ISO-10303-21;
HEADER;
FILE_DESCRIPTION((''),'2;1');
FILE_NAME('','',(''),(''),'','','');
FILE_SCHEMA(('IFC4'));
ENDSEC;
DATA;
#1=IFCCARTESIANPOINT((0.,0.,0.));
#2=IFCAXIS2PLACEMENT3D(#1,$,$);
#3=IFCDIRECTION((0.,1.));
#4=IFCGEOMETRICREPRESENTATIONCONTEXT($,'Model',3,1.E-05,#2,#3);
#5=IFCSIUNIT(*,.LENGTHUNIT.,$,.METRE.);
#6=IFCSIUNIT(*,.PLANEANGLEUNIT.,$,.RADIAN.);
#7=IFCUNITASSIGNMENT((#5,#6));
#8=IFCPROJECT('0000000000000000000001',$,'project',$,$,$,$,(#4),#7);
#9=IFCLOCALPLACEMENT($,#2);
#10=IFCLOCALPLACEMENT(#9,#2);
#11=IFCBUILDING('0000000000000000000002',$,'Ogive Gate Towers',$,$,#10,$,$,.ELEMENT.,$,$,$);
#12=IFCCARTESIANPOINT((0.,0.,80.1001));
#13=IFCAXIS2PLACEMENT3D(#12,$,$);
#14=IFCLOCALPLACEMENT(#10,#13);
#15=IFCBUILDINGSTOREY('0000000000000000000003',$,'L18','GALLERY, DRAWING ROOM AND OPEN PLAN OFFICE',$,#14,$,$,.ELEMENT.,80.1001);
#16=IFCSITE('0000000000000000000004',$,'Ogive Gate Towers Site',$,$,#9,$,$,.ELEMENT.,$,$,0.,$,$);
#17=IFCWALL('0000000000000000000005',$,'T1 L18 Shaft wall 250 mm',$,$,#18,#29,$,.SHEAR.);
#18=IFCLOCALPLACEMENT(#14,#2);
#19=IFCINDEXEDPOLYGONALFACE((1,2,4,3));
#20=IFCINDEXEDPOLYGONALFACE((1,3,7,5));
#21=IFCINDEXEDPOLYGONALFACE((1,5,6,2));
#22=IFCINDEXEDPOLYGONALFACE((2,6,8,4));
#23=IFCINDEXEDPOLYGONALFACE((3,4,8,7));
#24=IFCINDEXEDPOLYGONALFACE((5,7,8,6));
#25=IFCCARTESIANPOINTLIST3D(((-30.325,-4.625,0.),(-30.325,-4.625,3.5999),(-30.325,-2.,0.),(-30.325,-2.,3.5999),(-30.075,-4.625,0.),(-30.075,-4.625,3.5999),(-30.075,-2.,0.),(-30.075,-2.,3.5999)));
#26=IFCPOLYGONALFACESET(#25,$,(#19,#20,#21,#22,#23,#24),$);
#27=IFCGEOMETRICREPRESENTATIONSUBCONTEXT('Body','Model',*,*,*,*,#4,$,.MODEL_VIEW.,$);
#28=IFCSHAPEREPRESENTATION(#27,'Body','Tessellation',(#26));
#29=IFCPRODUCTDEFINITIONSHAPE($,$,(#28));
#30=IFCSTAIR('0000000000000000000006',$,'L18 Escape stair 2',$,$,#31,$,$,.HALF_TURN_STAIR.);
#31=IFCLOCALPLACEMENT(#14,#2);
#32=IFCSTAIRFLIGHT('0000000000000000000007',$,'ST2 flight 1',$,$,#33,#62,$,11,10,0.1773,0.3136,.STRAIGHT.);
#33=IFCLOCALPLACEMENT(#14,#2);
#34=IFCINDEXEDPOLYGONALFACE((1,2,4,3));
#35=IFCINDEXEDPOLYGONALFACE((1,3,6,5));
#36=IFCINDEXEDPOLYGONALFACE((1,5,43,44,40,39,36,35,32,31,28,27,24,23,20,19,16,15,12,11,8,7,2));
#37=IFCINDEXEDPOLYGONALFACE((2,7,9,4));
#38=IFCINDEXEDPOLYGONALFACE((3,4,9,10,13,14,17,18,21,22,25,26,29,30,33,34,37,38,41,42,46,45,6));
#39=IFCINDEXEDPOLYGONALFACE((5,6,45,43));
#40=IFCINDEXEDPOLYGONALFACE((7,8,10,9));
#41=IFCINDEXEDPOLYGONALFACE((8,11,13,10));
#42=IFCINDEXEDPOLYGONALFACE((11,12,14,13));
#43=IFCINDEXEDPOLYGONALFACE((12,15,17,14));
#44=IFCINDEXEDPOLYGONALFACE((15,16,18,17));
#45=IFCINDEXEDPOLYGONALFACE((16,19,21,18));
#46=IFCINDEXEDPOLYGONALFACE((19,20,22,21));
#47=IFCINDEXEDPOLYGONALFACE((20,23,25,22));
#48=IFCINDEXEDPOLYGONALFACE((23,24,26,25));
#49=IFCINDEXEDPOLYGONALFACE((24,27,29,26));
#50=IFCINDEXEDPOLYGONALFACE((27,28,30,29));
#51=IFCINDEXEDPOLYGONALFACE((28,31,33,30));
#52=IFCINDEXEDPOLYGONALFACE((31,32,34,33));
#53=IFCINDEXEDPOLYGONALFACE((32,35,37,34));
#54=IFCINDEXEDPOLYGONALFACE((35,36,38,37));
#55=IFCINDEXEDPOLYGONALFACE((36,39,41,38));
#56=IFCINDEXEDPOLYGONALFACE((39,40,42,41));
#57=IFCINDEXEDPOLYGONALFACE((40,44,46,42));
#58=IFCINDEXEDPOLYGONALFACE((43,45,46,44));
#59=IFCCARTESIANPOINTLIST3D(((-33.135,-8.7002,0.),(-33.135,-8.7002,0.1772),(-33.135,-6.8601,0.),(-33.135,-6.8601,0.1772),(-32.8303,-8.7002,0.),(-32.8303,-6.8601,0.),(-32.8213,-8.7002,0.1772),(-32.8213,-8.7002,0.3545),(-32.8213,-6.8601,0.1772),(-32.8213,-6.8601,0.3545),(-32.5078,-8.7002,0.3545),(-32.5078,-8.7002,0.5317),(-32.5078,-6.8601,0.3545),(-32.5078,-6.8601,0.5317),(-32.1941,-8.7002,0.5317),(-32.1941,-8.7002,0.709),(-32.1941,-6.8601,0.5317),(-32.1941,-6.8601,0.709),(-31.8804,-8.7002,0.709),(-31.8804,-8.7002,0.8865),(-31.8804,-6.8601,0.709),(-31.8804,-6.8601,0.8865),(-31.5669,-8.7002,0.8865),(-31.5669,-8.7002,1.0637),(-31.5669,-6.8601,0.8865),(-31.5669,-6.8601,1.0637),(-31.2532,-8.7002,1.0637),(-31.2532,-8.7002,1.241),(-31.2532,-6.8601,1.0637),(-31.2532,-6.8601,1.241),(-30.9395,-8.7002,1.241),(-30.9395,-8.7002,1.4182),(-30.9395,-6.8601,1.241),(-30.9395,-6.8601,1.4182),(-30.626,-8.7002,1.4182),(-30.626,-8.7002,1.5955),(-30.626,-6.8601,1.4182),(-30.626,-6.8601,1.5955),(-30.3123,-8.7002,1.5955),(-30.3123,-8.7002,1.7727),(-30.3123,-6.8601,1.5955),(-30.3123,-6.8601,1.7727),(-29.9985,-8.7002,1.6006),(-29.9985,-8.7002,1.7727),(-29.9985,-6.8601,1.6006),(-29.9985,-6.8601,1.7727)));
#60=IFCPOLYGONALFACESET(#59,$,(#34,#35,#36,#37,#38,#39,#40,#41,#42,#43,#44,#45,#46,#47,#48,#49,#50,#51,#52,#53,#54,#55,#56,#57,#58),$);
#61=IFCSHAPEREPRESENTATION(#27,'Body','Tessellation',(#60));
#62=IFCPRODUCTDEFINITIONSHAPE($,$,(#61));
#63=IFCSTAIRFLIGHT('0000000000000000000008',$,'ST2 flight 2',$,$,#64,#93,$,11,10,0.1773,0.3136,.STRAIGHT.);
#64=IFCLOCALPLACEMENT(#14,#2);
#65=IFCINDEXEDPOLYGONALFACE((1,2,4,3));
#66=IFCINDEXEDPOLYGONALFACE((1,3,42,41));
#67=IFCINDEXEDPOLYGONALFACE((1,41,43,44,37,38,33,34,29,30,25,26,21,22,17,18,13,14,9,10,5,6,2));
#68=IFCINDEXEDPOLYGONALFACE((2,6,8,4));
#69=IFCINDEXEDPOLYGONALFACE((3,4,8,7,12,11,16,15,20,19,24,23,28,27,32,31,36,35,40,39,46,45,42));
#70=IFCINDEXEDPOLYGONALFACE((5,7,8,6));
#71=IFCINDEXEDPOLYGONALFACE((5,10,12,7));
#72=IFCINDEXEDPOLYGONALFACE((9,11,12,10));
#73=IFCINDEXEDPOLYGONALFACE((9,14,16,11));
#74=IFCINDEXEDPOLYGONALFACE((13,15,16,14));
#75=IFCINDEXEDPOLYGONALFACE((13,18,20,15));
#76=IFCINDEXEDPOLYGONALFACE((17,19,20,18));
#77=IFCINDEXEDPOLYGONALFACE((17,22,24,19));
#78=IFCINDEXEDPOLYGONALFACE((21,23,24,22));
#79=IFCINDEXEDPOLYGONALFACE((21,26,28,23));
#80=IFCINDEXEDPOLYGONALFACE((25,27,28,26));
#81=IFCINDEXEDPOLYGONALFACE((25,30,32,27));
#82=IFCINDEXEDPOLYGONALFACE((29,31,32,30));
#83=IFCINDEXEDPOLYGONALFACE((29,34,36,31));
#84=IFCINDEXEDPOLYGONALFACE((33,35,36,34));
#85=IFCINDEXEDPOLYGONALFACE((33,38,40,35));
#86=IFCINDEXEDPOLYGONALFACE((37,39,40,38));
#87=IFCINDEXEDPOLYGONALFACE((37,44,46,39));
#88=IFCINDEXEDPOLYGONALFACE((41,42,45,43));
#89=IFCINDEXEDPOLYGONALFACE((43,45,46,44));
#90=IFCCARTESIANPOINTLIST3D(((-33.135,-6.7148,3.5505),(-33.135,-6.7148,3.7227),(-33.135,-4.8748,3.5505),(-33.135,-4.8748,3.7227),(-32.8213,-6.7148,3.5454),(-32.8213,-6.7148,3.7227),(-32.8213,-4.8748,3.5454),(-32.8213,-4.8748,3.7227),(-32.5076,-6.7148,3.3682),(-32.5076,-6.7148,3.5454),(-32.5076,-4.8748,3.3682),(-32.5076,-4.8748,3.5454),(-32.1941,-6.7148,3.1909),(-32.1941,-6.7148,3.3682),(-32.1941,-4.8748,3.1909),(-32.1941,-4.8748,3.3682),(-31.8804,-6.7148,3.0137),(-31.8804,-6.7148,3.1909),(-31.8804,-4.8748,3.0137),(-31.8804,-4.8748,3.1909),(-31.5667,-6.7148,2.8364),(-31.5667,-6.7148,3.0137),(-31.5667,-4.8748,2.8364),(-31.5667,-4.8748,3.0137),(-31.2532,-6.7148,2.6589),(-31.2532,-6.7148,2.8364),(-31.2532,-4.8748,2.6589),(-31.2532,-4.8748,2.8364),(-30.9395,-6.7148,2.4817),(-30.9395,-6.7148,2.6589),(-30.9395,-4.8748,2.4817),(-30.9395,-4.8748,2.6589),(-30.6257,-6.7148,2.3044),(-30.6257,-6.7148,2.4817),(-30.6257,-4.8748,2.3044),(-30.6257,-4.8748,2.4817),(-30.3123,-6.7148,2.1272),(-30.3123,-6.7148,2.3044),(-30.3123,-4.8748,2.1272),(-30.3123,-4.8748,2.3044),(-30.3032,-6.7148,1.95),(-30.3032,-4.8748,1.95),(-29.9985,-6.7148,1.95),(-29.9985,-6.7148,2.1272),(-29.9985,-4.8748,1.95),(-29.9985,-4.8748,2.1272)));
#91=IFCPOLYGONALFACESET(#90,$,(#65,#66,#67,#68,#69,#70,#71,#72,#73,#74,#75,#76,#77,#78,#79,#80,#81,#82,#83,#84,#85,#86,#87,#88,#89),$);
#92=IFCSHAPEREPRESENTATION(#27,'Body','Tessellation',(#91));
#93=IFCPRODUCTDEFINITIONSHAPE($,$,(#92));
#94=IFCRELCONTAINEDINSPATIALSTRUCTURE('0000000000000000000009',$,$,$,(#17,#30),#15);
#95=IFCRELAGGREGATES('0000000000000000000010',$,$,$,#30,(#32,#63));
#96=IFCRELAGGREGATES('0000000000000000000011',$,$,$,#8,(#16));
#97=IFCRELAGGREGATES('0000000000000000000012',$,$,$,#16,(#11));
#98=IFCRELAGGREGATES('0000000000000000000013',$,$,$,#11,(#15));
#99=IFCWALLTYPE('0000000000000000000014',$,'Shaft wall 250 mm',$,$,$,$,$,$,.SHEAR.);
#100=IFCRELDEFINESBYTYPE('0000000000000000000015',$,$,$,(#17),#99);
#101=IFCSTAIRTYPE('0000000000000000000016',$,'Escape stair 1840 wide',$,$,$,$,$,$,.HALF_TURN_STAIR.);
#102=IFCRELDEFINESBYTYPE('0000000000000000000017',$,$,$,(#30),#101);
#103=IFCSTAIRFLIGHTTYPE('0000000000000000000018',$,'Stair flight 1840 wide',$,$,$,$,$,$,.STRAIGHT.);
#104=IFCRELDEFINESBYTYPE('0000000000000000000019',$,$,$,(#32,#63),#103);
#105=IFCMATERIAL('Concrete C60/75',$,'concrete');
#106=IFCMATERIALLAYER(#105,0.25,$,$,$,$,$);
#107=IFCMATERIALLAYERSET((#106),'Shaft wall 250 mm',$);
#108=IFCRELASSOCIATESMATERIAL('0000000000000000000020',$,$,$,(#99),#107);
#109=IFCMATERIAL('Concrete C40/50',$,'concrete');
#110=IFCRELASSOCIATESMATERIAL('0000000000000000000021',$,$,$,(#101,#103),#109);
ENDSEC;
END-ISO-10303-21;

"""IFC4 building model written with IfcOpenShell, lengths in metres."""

from ifc_helpers import new_model, si_unit, direction, frame, frame_2d, origin, place, context, subcontext, project, spatial, polyline, rectangle, outline, extrude, material, layer, layer_set, type_object, element, aggregate, save


model = new_model("IFC4")

# Units and contexts
model_context = context("Model", 3, precision=1e-05, world=origin(), true_north=direction((0.0, 1.0)))
body_context = subcontext(model_context, "Body", "Model", "MODEL_VIEW")
ifc_project = project(units=[si_unit("LENGTHUNIT", "METRE"), si_unit("PLANEANGLEUNIT", "RADIAN")], contexts=[model_context])

# Site, building, storey
site_placement = place(None, origin())
site = spatial("IfcSite", under=ifc_project, at=site_placement, Name="Ogive Gate Towers Site", CompositionType="ELEMENT", RefElevation=0.0)
building_placement = place(site_placement, origin())
building = spatial("IfcBuilding", under=site, at=building_placement, Name="Ogive Gate Towers", CompositionType="ELEMENT")
storey_placement = place(building_placement, frame((0.0, 0.0, 80.1001)))
storey = spatial("IfcBuildingStorey", under=building, at=storey_placement, Name="L18", Description="GALLERY, DRAWING ROOM AND OPEN PLAN OFFICE", CompositionType="ELEMENT", Elevation=80.1001)

# Shared definitions
ifc_material_1 = material(Name="Concrete C60/75", Category="concrete")

# Shared definitions
ifc_layer_1 = layer(ifc_material_1, 0.25)
ifc_layer_set_1 = layer_set([ifc_layer_1], Name="Shaft wall 250 mm")
wall_type_1 = type_object("IfcWallType", Name="Shaft wall 250 mm", PredefinedType="SHEAR", material=ifc_layer_set_1)

# Wall
for number, where, z_axis, x_axis, name in (
    (1, (-30.2, -4.625, 0.0), (0.0, 0.0, 1.0), (0.0, 1.0, 0.0), "T1 L18 Shaft wall 250 mm"),
):
    element("IfcWall", number, at=place(storey_placement, frame(where, z_axis=z_axis, x_axis=x_axis)), inside=storey, type_object=wall_type_1, Name=name, PredefinedType="SHEAR", context=body_context, shape_type="SweptSolid", body=[
        extrude(rectangle(XDim=2.625, YDim=0.25, at=frame_2d((1.3125, 0.0))), origin(), (0.0, 0.0, 1.0), 3.5999),
    ])

# Stair, stair flights
ifc_material_2 = material(Name="Concrete C40/50", Category="concrete")
stair_type = type_object("IfcStairType", Name="Escape stair 1840 wide", PredefinedType="HALF_TURN_STAIR", material=ifc_material_2)
stair_placement = place(storey_placement, origin())
stair = element("IfcStair", 2, at=stair_placement, inside=storey, type_object=stair_type, Name="L18 Escape stair 2", PredefinedType="HALF_TURN_STAIR")
stair_flight_type = type_object("IfcStairFlightType", Name="Stair flight 1840 wide", PredefinedType="STRAIGHT", material=ifc_material_2)
stair_flight_1_placement = place(storey_placement, frame((-33.135, -7.78, 0.0), z_axis=(0.0, 0.0, 1.0), x_axis=(1.0, 0.0, 0.0)))
stair_flight_1 = element("IfcStairFlight", 3, at=stair_flight_1_placement, type_object=stair_flight_type, Name="ST2 flight 1", NumberOfRisers=11, NumberOfTreads=10, PredefinedType="STRAIGHT", RiserHeight=0.1773, TreadLength=0.3136, context=body_context, shape_type="SweptSolid", body=[
    extrude(outline(polyline([(0.0, 0.0), (0.0, 0.1772), (0.3137, 0.1772), (0.3137, 0.3545), (0.6272, 0.3545), (0.6272, 0.5317), (0.9409, 0.5317), (0.9409, 0.709), (1.2546, 0.709), (1.2546, 0.8865), (1.5681, 0.8865), (1.5681, 1.0637), (1.8818, 1.0637), (1.8818, 1.241), (2.1956, 1.241), (2.1956, 1.4182), (2.509, 1.4182), (2.509, 1.5955), (2.8228, 1.5955), (2.8228, 1.7727), (3.1365, 1.7727), (3.1365, 1.95), (3.1365, 1.6006), (0.3047, 0.0), (0.0, 0.0)])), frame((0.0, 0.9199, 0.0), z_axis=(0.0, -1.0, 0.0), x_axis=(1.0, 0.0, 0.0)), (0.0, 0.0, 1.0), 1.8401),
])
stair_flight_2_placement = place(storey_placement, frame((-29.9985, -5.7949, 1.95), z_axis=(0.0, 0.0, 1.0), x_axis=(-1.0, 0.0, 0.0)))
stair_flight_2 = element("IfcStairFlight", 4, at=stair_flight_2_placement, type_object=stair_flight_type, Name="ST2 flight 2", NumberOfRisers=11, NumberOfTreads=10, PredefinedType="STRAIGHT", RiserHeight=0.1773, TreadLength=0.3136, context=body_context, shape_type="SweptSolid", body=[
    extrude(outline(polyline([(0.0, 0.0), (0.0, 0.1772), (0.3137, 0.1772), (0.3137, 0.3545), (0.6272, 0.3545), (0.6272, 0.5317), (0.9409, 0.5317), (0.9409, 0.709), (1.2546, 0.709), (1.2546, 0.8865), (1.5681, 0.8865), (1.5681, 1.0637), (1.8818, 1.0637), (1.8818, 1.241), (2.1956, 1.241), (2.1956, 1.4182), (2.509, 1.4182), (2.509, 1.5955), (2.8228, 1.5955), (2.8228, 1.7727), (3.1365, 1.7727), (3.1365, 1.95), (3.1365, 1.6006), (0.3047, 0.0), (0.0, 0.0)])), frame((0.0, 0.9199, 0.0), z_axis=(0.0, -1.0, 0.0), x_axis=(1.0, 0.0, 0.0)), (0.0, 0.0, 1.0), 1.8401),
])
aggregate(stair, [stair_flight_1, stair_flight_2])

save(model, "model.ifc")
